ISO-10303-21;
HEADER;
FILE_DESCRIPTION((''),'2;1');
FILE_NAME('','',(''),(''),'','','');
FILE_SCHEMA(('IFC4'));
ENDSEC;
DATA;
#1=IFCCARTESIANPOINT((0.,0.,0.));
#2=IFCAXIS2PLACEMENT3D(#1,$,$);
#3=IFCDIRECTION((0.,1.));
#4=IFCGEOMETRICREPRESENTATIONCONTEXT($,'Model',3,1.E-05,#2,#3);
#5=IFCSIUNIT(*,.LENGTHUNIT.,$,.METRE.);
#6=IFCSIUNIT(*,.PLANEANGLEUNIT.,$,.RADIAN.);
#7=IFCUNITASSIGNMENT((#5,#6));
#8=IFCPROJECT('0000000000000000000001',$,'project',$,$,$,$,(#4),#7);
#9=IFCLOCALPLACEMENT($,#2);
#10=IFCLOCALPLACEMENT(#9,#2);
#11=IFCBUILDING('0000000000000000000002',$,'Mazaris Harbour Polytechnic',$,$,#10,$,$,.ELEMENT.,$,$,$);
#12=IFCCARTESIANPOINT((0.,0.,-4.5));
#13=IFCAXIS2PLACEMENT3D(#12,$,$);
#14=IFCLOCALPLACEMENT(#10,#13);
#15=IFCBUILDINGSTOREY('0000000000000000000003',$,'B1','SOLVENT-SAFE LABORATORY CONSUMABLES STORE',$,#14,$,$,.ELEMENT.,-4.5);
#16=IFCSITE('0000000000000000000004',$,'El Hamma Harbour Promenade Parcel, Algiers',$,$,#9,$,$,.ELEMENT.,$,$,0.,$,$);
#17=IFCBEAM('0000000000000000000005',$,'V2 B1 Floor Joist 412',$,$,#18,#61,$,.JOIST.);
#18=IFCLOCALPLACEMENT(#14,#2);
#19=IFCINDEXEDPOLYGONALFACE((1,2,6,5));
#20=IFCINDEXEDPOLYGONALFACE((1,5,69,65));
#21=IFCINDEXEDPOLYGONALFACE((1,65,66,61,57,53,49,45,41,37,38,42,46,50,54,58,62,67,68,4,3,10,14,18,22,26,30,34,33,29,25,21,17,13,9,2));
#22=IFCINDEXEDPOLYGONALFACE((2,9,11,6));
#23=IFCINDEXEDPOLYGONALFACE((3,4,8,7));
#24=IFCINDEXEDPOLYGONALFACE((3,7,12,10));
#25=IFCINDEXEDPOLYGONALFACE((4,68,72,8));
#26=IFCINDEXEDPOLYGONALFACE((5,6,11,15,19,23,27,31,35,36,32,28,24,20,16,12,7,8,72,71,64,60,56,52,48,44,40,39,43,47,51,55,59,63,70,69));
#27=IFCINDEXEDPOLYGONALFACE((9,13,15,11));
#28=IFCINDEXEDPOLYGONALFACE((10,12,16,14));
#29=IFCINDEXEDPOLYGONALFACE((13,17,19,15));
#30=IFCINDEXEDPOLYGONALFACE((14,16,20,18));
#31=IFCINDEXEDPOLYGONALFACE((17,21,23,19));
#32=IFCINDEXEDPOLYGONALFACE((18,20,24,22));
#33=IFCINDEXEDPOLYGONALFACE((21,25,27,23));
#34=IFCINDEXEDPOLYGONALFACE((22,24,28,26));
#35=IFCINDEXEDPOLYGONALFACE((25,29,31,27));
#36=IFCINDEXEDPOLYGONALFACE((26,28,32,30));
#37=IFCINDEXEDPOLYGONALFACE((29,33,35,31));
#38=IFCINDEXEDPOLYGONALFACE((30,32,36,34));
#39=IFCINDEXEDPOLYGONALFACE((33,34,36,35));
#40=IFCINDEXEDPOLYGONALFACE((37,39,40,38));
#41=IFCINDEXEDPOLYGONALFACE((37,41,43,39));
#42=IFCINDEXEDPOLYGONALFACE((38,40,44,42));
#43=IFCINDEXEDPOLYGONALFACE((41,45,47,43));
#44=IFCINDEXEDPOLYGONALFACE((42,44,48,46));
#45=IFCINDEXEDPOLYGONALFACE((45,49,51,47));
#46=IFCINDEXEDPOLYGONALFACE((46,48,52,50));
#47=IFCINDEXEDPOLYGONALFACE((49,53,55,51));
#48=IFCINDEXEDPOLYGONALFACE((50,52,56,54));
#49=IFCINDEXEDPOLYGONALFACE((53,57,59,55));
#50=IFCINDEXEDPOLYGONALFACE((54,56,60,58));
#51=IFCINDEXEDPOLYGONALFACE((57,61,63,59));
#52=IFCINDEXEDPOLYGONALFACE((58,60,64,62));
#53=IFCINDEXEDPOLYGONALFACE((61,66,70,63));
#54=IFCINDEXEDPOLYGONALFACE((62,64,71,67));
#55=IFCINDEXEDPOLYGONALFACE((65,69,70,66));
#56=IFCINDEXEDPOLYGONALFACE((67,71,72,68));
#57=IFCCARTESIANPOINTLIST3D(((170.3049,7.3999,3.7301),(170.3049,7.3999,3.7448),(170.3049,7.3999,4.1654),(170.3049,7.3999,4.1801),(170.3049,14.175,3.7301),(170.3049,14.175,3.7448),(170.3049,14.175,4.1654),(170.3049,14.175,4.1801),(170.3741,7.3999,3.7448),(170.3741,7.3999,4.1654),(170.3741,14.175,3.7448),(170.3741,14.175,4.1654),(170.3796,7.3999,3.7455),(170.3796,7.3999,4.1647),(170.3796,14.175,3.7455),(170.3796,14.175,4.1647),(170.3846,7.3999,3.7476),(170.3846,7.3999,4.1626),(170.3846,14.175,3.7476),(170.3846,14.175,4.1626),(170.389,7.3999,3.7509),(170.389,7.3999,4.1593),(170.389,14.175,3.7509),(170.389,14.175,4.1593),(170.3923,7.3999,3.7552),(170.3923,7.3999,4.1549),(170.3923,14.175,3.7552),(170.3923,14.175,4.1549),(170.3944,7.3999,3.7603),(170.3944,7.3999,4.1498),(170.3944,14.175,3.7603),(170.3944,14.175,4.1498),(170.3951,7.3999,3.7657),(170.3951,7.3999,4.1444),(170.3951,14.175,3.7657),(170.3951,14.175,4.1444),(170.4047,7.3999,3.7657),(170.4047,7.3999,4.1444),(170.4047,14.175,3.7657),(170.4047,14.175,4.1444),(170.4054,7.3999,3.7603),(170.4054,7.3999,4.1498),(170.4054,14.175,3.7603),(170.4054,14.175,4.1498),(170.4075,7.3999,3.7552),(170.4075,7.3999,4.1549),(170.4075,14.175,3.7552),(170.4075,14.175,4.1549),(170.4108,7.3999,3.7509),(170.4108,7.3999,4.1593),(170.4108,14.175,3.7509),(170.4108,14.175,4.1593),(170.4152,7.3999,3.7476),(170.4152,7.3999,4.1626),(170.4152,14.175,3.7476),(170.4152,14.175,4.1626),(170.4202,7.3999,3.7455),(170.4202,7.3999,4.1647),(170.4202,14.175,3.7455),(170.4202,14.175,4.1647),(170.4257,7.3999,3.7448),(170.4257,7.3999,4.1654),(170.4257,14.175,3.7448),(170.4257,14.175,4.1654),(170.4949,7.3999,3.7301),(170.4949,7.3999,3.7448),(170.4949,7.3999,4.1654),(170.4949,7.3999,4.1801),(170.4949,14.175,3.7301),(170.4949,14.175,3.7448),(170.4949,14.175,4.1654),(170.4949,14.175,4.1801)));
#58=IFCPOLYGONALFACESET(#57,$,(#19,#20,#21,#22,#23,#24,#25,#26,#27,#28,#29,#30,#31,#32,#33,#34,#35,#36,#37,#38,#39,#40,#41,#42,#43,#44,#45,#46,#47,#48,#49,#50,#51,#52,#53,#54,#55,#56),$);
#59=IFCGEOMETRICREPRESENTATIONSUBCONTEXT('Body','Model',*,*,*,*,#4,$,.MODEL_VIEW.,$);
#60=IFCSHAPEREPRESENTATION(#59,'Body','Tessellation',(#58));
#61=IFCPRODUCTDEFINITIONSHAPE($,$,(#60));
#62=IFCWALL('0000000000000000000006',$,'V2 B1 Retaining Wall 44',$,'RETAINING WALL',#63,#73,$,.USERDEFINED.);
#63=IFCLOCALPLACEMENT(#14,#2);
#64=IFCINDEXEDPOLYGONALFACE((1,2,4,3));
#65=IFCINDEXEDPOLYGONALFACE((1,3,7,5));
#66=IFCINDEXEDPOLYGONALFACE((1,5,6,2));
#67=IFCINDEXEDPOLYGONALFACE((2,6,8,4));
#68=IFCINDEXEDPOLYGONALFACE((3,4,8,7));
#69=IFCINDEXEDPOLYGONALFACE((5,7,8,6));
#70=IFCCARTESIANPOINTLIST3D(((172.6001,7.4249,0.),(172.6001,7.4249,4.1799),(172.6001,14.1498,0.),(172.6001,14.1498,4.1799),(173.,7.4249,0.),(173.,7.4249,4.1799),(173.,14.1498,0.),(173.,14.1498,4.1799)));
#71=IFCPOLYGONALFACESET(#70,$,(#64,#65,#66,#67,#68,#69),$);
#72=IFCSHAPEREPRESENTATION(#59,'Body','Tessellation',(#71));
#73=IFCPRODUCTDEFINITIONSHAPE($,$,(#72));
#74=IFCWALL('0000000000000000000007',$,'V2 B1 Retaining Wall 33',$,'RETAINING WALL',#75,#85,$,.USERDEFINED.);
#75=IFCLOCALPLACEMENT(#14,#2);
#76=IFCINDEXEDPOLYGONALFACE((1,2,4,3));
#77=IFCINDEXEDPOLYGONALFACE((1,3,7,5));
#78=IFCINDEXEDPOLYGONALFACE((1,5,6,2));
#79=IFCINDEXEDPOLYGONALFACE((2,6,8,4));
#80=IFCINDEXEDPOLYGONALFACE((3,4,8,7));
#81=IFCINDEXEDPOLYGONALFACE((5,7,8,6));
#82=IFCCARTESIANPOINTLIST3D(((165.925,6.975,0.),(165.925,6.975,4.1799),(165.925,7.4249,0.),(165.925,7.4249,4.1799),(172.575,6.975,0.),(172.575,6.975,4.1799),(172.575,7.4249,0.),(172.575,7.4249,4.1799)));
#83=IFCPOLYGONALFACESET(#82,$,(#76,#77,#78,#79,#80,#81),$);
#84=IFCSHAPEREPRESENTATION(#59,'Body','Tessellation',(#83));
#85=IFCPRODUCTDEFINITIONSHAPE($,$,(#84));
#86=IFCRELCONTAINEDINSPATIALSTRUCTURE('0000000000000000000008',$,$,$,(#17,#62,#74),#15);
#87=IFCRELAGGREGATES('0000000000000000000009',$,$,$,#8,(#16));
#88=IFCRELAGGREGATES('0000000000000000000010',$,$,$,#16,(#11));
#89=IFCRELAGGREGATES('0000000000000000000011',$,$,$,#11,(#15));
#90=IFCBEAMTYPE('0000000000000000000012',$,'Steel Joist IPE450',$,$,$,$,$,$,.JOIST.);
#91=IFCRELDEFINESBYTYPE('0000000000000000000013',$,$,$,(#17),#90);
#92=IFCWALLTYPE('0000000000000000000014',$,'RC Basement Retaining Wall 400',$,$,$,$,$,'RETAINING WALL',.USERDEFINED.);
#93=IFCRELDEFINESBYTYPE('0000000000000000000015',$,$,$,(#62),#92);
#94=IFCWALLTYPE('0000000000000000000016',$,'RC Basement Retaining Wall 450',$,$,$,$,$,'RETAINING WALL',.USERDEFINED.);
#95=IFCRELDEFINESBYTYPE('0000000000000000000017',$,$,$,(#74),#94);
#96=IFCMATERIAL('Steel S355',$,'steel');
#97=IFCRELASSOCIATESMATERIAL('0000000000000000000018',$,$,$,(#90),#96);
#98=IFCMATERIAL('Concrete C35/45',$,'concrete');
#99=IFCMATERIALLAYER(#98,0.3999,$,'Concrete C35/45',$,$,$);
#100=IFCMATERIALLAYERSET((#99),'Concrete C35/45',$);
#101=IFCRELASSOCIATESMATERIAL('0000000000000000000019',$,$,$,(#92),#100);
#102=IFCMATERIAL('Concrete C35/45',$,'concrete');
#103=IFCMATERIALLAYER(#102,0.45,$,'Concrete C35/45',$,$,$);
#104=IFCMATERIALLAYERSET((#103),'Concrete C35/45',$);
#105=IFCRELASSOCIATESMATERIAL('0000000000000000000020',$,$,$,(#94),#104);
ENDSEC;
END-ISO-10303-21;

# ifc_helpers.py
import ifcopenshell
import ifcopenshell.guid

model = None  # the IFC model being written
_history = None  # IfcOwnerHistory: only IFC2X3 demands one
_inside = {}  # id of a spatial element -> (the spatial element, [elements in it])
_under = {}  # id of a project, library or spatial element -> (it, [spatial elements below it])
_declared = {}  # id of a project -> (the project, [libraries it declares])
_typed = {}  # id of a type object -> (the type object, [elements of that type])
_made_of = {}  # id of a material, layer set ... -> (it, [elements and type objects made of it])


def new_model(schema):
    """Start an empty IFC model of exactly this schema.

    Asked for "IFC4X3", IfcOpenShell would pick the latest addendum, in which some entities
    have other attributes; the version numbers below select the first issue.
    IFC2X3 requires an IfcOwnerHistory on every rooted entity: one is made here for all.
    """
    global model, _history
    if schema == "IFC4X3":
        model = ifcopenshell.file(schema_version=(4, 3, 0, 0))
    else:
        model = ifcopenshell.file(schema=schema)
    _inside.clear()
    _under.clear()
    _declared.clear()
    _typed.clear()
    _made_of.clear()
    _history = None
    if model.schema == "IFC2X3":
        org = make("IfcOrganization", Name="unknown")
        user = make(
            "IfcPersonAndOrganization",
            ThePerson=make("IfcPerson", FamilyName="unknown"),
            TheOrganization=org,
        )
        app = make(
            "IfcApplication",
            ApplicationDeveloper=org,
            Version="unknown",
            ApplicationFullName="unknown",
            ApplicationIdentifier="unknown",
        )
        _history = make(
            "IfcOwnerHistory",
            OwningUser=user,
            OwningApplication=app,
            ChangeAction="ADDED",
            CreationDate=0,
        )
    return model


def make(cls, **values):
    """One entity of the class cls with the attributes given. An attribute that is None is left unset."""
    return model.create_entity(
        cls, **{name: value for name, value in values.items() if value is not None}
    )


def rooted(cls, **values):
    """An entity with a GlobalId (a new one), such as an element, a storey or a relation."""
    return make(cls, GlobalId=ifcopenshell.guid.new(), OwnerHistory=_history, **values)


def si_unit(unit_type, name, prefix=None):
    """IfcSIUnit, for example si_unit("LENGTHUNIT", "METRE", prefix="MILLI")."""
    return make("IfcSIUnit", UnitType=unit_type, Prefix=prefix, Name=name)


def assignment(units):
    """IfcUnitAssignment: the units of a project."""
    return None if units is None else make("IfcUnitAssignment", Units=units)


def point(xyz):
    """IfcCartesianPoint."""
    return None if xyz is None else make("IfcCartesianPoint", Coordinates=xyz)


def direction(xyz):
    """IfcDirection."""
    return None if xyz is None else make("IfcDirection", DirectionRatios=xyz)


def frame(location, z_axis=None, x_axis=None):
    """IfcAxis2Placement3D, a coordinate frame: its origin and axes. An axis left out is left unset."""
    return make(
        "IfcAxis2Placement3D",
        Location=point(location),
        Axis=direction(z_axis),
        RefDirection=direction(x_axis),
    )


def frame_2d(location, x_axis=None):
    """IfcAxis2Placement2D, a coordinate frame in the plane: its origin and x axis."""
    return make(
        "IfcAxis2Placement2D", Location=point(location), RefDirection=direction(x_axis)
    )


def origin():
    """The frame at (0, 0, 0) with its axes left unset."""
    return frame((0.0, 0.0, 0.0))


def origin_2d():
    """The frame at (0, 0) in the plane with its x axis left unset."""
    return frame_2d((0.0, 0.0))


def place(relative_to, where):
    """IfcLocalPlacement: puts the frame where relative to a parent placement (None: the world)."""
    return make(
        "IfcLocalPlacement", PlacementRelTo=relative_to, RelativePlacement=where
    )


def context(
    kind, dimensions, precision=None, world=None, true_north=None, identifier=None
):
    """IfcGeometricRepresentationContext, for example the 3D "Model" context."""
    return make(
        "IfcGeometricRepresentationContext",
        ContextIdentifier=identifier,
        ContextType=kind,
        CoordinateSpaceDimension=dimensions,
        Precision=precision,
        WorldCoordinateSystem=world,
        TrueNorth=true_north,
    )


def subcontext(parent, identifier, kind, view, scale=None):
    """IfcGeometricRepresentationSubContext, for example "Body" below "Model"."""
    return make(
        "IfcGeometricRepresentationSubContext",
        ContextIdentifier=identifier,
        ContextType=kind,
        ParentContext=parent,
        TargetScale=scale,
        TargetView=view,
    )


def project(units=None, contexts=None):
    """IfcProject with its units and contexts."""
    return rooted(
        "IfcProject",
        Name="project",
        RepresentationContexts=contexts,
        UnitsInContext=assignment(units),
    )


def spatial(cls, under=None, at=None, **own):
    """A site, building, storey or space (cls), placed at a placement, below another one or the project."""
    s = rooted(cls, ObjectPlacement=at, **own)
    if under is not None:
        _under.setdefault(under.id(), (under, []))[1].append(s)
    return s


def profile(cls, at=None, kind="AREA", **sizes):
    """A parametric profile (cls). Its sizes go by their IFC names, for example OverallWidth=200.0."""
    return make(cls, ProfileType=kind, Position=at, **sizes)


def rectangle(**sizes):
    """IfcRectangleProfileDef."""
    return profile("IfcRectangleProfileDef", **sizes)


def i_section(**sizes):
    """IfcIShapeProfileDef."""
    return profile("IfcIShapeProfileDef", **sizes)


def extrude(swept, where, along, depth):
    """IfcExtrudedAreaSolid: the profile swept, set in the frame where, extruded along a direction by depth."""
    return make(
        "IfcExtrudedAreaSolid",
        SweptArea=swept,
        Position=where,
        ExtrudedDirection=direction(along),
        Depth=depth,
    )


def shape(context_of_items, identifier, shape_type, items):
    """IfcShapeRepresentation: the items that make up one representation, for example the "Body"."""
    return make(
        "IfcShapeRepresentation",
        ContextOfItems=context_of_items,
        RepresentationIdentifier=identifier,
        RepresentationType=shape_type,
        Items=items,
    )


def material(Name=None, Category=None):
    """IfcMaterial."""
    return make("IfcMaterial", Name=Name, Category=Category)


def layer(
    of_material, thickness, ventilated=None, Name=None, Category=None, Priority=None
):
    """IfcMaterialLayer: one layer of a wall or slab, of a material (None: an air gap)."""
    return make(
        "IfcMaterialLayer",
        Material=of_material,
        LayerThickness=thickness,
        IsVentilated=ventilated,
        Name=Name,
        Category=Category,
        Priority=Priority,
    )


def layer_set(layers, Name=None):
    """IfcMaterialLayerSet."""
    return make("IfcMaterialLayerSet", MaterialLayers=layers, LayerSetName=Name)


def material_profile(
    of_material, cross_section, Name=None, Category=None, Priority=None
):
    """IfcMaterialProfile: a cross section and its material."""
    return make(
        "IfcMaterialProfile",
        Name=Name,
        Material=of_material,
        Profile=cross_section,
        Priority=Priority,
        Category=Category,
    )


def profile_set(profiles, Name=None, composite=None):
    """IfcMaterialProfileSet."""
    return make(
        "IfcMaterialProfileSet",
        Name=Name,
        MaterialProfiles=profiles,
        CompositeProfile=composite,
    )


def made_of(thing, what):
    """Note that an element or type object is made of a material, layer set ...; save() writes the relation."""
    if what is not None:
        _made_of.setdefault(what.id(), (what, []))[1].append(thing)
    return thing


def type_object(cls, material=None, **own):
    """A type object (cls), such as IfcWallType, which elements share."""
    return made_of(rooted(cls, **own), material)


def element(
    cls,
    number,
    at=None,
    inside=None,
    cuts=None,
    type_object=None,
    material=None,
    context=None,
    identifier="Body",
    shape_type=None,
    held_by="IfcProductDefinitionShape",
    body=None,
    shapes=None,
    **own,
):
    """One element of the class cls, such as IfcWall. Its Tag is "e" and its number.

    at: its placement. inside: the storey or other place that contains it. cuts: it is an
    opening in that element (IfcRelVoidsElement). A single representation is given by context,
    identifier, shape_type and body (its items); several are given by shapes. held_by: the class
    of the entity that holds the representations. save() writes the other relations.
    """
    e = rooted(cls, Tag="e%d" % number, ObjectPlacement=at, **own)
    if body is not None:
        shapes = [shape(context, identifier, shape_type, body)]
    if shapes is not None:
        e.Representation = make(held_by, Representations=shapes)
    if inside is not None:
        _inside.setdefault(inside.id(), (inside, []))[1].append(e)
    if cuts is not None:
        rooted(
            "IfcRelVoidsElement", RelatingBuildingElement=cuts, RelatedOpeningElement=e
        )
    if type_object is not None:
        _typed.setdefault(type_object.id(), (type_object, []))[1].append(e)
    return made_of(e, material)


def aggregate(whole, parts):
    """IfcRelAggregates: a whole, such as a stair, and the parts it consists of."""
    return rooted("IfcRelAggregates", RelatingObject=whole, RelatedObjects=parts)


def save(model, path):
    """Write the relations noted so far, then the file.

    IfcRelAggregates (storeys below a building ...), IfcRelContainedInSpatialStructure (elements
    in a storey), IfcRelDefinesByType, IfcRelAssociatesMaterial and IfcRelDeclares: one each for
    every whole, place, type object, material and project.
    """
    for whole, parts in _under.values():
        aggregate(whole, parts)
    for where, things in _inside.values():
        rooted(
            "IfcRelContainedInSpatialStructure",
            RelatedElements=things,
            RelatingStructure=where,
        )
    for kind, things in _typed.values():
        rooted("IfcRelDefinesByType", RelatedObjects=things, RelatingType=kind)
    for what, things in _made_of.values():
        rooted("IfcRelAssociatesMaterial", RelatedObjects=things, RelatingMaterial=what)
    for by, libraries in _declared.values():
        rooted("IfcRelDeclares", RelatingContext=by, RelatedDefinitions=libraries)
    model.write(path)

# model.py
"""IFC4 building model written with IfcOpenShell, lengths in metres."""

from ifc_helpers import new_model, si_unit, direction, frame, frame_2d, origin, origin_2d, place, context, subcontext, project, spatial, rectangle, i_section, extrude, material, layer, layer_set, material_profile, profile_set, type_object, element, save


model = new_model("IFC4")

# Units and contexts
model_context = context("Model", 3, precision=1e-05, world=origin(), true_north=direction((0.0, 1.0)))
body_context = subcontext(model_context, "Body", "Model", "MODEL_VIEW")
ifc_project = project(units=[si_unit("LENGTHUNIT", "METRE"), si_unit("PLANEANGLEUNIT", "RADIAN")], contexts=[model_context])

# Site, building, storey
site_placement = place(None, origin())
site = spatial("IfcSite", under=ifc_project, at=site_placement, Name="El Hamma Harbour Promenade Parcel, Algiers", CompositionType="ELEMENT", RefElevation=0.0)
building_placement = place(site_placement, origin())
building = spatial("IfcBuilding", under=site, at=building_placement, Name="Mazaris Harbour Polytechnic", CompositionType="ELEMENT")
storey_placement = place(building_placement, frame((0.0, 0.0, -4.5)))
storey = spatial("IfcBuildingStorey", under=building, at=storey_placement, Name="B1", Description="SOLVENT-SAFE LABORATORY CONSUMABLES STORE", CompositionType="ELEMENT", Elevation=-4.5)

# Beam
ifc_material_1 = material(Name="Steel S355", Category="steel")
ifc_material_profile_1 = material_profile(ifc_material_1, i_section(OverallWidth=0.1899, OverallDepth=0.45, WebThickness=0.0095, FlangeThickness=0.0146, FilletRadius=0.021, at=origin_2d()), Name="IPE 450")
ifc_profile_set_1 = profile_set([ifc_material_profile_1], Name="Steel S355")
beam_type_1 = type_object("IfcBeamType", Name="Steel Joist IPE450", PredefinedType="JOIST", material=ifc_profile_set_1)
beam_1_placement = place(storey_placement, frame((170.3999, 7.3999, 3.9551), z_axis=(0.0, 1.0, 0.0), x_axis=(-1.0, 0.0, 0.0)))
element("IfcBeam", 1, at=beam_1_placement, inside=storey, type_object=beam_type_1, Name="V2 B1 Floor Joist 412", PredefinedType="JOIST", context=body_context, shape_type="SweptSolid", body=[
    extrude(i_section(OverallWidth=0.1899, OverallDepth=0.45, WebThickness=0.0095, FlangeThickness=0.0146, FilletRadius=0.021, at=origin_2d()), origin(), (0.0, 0.0, 1.0), 6.7751),
])

# Walls
ifc_material_2 = material(Name="Concrete C35/45", Category="concrete")
ifc_layer_1 = layer(ifc_material_2, 0.3999, Name="Concrete C35/45")
ifc_layer_set_1 = layer_set([ifc_layer_1], Name="Concrete C35/45")
wall_type_1 = type_object("IfcWallType", Name="RC Basement Retaining Wall 400", ElementType="RETAINING WALL", PredefinedType="USERDEFINED", material=ifc_layer_set_1)
wall_1_placement = place(storey_placement, frame((172.8, 7.425, 0.0), z_axis=(0.0, 0.0, 1.0), x_axis=(0.0, 1.0, 0.0)))
element("IfcWall", 2, at=wall_1_placement, inside=storey, type_object=wall_type_1, Name="V2 B1 Retaining Wall 44", ObjectType="RETAINING WALL", PredefinedType="USERDEFINED", context=body_context, shape_type="SweptSolid", body=[
    extrude(rectangle(XDim=6.7249, YDim=0.3999, at=frame_2d((3.3623, 0.0))), origin(), (0.0, 0.0, 1.0), 4.1799),
])
ifc_material_3 = material(Name="Concrete C35/45", Category="concrete")
ifc_layer_2 = layer(ifc_material_3, 0.45, Name="Concrete C35/45")
ifc_layer_set_2 = layer_set([ifc_layer_2], Name="Concrete C35/45")
wall_type_2 = type_object("IfcWallType", Name="RC Basement Retaining Wall 450", ElementType="RETAINING WALL", PredefinedType="USERDEFINED", material=ifc_layer_set_2)
wall_2_placement = place(storey_placement, frame((165.925, 7.2, 0.0), z_axis=(0.0, 0.0, 1.0), x_axis=(1.0, 0.0, 0.0)))
element("IfcWall", 3, at=wall_2_placement, inside=storey, type_object=wall_type_2, Name="V2 B1 Retaining Wall 33", ObjectType="RETAINING WALL", PredefinedType="USERDEFINED", context=body_context, shape_type="SweptSolid", body=[
    extrude(rectangle(XDim=6.6499, YDim=0.45, at=frame_2d((3.325, 0.0))), origin(), (0.0, 0.0, 1.0), 4.1799),
])

save(model, "model.ifc")
